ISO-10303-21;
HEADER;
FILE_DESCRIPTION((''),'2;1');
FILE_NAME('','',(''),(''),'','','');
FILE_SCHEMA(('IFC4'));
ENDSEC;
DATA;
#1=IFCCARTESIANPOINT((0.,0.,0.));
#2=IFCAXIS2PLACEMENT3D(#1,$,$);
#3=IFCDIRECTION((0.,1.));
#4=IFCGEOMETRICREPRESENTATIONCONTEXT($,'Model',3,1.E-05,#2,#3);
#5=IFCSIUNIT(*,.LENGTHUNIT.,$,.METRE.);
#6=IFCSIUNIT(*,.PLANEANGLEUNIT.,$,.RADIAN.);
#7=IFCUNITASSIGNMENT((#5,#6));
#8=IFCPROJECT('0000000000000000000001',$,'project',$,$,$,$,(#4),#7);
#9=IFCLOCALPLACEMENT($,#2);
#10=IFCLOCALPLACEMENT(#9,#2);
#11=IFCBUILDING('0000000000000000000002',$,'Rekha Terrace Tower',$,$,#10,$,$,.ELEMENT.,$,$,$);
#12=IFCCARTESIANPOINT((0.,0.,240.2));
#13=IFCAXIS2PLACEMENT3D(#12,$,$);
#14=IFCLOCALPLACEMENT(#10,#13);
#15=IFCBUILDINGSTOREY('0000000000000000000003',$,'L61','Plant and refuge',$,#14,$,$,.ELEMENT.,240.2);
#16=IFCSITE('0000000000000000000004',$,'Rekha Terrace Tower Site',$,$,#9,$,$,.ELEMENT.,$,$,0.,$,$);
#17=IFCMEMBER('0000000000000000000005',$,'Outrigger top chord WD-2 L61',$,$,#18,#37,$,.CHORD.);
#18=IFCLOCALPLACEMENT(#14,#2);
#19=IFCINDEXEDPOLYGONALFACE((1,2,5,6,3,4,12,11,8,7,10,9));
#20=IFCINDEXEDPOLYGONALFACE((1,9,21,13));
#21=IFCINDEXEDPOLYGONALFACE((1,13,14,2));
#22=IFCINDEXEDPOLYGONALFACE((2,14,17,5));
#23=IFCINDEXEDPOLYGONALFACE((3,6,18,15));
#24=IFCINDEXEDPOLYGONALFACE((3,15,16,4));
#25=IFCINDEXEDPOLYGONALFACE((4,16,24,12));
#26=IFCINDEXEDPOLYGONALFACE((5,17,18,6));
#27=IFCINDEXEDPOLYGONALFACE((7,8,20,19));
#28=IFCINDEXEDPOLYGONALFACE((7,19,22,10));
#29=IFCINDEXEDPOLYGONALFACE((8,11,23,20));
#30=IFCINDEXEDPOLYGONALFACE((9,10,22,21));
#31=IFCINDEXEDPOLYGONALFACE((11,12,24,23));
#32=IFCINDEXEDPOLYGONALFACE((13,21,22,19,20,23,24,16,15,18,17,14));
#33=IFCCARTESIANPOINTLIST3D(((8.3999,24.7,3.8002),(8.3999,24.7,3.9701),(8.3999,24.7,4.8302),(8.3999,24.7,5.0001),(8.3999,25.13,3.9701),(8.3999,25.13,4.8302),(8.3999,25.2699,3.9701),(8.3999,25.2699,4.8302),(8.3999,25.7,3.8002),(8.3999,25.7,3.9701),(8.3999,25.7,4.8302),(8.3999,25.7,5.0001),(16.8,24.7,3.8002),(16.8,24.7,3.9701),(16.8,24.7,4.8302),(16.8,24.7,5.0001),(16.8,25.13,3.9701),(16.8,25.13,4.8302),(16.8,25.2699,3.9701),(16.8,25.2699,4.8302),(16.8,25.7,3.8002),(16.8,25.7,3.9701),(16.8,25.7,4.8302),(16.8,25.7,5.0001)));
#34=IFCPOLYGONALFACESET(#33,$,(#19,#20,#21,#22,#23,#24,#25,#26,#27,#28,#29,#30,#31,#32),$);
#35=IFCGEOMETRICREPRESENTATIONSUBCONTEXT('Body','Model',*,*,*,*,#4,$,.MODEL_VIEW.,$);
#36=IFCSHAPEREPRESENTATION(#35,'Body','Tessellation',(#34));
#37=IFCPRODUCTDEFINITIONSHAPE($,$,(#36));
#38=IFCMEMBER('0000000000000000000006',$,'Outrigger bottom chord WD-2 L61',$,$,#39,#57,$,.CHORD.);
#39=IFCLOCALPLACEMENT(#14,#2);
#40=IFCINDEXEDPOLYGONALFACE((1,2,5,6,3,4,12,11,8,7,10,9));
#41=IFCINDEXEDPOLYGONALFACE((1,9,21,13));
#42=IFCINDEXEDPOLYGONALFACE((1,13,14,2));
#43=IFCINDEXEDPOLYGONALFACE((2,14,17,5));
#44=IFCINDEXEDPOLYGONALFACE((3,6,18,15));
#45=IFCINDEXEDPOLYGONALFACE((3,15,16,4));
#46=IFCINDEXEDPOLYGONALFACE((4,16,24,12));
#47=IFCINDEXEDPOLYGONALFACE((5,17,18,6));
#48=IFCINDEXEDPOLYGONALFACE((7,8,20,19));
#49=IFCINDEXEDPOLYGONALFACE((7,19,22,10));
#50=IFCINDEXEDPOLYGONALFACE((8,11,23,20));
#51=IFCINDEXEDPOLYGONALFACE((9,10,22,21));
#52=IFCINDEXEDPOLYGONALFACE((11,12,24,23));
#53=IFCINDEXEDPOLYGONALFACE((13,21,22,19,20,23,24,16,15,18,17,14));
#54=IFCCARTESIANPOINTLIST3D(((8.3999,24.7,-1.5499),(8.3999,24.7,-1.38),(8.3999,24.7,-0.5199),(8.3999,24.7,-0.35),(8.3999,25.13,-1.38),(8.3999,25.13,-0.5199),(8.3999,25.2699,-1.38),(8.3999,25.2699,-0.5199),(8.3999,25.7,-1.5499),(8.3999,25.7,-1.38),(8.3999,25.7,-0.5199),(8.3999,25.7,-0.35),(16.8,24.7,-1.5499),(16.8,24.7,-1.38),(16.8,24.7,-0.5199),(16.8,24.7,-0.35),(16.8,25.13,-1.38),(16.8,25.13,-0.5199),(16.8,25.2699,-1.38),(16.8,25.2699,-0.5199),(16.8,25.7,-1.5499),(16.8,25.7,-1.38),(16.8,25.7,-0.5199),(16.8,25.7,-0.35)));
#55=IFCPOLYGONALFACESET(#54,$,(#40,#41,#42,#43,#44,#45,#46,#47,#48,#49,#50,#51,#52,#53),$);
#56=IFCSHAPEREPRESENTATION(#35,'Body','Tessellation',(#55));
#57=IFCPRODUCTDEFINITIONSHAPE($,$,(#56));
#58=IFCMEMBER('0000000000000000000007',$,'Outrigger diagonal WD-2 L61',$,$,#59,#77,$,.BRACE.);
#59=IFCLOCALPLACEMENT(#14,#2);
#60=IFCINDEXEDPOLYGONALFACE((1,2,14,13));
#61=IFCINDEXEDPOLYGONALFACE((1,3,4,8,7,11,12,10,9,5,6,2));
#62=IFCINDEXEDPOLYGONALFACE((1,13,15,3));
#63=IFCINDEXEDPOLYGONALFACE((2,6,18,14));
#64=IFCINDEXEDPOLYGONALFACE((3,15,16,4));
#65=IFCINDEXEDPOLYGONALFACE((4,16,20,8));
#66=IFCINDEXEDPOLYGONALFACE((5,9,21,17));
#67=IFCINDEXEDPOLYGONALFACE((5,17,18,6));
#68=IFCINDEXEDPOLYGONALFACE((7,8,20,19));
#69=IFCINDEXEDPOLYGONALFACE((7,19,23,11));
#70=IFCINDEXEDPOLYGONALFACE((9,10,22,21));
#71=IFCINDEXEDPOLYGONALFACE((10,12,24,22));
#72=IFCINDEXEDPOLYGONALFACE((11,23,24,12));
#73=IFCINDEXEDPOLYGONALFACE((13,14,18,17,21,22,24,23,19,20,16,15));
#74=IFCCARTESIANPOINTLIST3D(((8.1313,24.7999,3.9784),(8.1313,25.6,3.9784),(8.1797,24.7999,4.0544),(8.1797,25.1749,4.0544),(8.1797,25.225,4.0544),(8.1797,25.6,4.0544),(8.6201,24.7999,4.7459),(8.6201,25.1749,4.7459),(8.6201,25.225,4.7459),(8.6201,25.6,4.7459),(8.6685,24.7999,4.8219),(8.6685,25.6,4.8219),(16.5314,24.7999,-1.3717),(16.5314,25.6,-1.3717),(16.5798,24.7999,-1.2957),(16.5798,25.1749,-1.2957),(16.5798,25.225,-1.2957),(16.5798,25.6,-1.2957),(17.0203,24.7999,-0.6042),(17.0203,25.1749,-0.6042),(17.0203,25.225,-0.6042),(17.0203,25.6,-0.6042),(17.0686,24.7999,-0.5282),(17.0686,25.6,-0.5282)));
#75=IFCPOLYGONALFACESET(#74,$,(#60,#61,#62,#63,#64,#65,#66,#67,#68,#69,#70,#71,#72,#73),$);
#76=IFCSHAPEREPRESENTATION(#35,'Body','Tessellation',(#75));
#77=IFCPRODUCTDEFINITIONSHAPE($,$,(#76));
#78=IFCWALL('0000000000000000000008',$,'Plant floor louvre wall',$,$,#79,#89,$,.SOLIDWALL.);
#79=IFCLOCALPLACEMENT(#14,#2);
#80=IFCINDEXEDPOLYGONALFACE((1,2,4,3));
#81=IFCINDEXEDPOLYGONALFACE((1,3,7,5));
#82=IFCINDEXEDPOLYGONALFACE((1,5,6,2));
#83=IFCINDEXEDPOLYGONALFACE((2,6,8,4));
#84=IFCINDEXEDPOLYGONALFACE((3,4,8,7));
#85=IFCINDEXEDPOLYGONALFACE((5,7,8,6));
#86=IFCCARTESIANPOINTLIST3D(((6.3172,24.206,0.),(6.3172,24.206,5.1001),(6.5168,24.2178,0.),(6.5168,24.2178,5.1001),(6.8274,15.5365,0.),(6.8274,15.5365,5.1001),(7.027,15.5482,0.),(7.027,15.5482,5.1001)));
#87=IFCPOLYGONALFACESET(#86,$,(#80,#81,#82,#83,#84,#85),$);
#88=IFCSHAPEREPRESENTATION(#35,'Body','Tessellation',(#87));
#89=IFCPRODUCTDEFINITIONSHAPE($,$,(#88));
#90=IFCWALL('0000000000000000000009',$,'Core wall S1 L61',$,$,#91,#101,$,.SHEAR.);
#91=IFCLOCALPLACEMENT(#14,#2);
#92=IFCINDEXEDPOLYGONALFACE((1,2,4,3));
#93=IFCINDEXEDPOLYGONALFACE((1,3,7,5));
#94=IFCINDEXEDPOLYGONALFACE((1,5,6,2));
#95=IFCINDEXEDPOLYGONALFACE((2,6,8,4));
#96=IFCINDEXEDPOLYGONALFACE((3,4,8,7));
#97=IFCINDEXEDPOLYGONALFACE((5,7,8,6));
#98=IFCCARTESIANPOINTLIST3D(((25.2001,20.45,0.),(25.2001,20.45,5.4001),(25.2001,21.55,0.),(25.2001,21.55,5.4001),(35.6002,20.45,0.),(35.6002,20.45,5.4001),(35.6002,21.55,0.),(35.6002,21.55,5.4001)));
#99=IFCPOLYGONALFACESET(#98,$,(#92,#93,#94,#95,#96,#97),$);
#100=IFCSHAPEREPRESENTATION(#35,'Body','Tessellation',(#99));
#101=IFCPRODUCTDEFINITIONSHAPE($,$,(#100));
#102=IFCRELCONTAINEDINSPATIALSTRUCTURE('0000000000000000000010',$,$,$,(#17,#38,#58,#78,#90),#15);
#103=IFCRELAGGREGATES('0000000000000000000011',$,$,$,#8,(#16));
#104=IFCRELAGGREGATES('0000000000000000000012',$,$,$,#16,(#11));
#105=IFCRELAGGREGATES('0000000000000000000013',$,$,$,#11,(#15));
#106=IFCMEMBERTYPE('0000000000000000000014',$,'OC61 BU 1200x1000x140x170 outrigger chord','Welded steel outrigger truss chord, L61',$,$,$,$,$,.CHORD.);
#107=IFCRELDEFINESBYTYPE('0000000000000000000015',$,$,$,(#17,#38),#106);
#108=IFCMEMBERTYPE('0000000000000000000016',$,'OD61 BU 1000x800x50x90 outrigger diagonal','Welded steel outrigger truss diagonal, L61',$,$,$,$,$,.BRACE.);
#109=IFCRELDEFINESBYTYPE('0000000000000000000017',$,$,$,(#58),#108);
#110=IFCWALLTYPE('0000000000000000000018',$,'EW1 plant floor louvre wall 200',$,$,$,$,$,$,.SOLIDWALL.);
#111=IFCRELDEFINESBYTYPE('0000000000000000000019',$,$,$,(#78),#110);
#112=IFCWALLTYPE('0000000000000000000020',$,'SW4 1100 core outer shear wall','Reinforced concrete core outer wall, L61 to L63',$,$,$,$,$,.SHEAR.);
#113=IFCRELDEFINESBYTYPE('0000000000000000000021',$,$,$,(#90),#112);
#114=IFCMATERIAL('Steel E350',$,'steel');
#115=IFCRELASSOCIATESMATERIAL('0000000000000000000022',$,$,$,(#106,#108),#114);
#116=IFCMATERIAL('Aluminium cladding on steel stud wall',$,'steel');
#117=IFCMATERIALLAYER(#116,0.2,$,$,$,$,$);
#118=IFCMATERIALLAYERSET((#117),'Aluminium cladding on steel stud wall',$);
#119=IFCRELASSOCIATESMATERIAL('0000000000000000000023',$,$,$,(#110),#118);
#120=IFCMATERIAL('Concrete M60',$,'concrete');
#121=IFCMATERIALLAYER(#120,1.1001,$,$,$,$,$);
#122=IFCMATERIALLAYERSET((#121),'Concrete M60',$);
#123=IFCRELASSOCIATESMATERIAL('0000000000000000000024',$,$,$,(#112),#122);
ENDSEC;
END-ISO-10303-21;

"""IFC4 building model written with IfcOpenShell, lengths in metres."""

from ifc_helpers import new_model, si_unit, direction, frame, frame_2d, origin, origin_2d, place, context, subcontext, project, spatial, rectangle, i_section, extrude, material, layer, layer_set, material_profile, profile_set, type_object, element, save


model = new_model("IFC4")

# Units and contexts
model_context = context("Model", 3, precision=1e-05, world=origin(), true_north=direction((0.0, 1.0)))
body_context = subcontext(model_context, "Body", "Model", "MODEL_VIEW")
ifc_project = project(units=[si_unit("LENGTHUNIT", "METRE"), si_unit("PLANEANGLEUNIT", "RADIAN")], contexts=[model_context])

# Site, building, storey
site_placement = place(None, origin())
site = spatial("IfcSite", under=ifc_project, at=site_placement, Name="Rekha Terrace Tower Site", CompositionType="ELEMENT", RefElevation=0.0)
building_placement = place(site_placement, origin())
building = spatial("IfcBuilding", under=site, at=building_placement, Name="Rekha Terrace Tower", CompositionType="ELEMENT")
storey_placement = place(building_placement, frame((0.0, 0.0, 240.2)))
storey = spatial("IfcBuildingStorey", under=building, at=storey_placement, Name="L61", Description="Plant and refuge", CompositionType="ELEMENT", Elevation=240.2)

# Members
ifc_material_1 = material(Name="Steel E350", Category="steel")
ifc_material_profile_1 = material_profile(ifc_material_1, i_section(OverallWidth=1.0, OverallDepth=1.2, WebThickness=0.1399, FlangeThickness=0.1699, at=origin_2d()), Name="BU 1200x1000x140x170")
ifc_profile_set_1 = profile_set([ifc_material_profile_1], Name="Steel E350")
member_type_1 = type_object("IfcMemberType", Name="OC61 BU 1200x1000x140x170 outrigger chord", Description="Welded steel outrigger truss chord, L61", PredefinedType="CHORD", material=ifc_profile_set_1)
for number, where, z_axis, x_axis, name in (
    (1, (16.8, 25.2, 4.4001), (-1.0, 0.0, 0.0), (0.0, -1.0, 0.0), "Outrigger top chord WD-2 L61"),
    (2, (16.8, 25.2, -0.95), (-1.0, 0.0, 0.0), (0.0, -1.0, 0.0), "Outrigger bottom chord WD-2 L61"),
):
    element("IfcMember", number, at=place(storey_placement, frame(where, z_axis=z_axis, x_axis=x_axis)), inside=storey, type_object=member_type_1, Name=name, PredefinedType="CHORD", context=body_context, shape_type="SweptSolid", body=[
        extrude(i_section(OverallWidth=1.0, OverallDepth=1.2, WebThickness=0.1399, FlangeThickness=0.1699, at=origin_2d()), origin(), (0.0, 0.0, 1.0), 8.4001),
    ])
ifc_material_profile_2 = material_profile(ifc_material_1, i_section(OverallWidth=0.8, OverallDepth=1.0, WebThickness=0.05, FlangeThickness=0.0901, at=origin_2d()), Name="BU 1000x800x50x90")
ifc_profile_set_2 = profile_set([ifc_material_profile_2], Name="Steel E350")
member_type_2 = type_object("IfcMemberType", Name="OD61 BU 1000x800x50x90 outrigger diagonal", Description="Welded steel outrigger truss diagonal, L61", PredefinedType="BRACE", material=ifc_profile_set_2)
member_1_placement = place(storey_placement, frame((16.8, 25.2, -0.95), z_axis=(-0.843454, 0.0, 0.537201), x_axis=(0.0, -1.0, 0.0)))
element("IfcMember", 3, at=member_1_placement, inside=storey, type_object=member_type_2, Name="Outrigger diagonal WD-2 L61", PredefinedType="BRACE", context=body_context, shape_type="SweptSolid", body=[
    extrude(i_section(OverallWidth=0.8, OverallDepth=1.0, WebThickness=0.05, FlangeThickness=0.0901, at=origin_2d()), origin(), (0.0, 0.0, 1.0), 9.9592),
])

# Walls
ifc_material_2 = material(Name="Aluminium cladding on steel stud wall", Category="steel")
ifc_layer_1 = layer(ifc_material_2, 0.2)
ifc_layer_set_1 = layer_set([ifc_layer_1], Name="Aluminium cladding on steel stud wall")
wall_type_1 = type_object("IfcWallType", Name="EW1 plant floor louvre wall 200", PredefinedType="SOLIDWALL", material=ifc_layer_set_1)
wall_1_placement = place(storey_placement, frame((6.417, 24.2119, 0.0), z_axis=(0.0, 0.0, 1.0), x_axis=(0.058753, -0.998273, 0.0)))
element("IfcWall", 4, at=wall_1_placement, inside=storey, type_object=wall_type_1, Name="Plant floor louvre wall", PredefinedType="SOLIDWALL", context=body_context, shape_type="SweptSolid", body=[
    extrude(rectangle(XDim=8.6846, YDim=0.2, at=frame_2d((4.3423, 0.0))), origin(), (0.0, 0.0, 1.0), 5.1001),
])
ifc_material_3 = material(Name="Concrete M60", Category="concrete")
ifc_layer_2 = layer(ifc_material_3, 1.1001)
ifc_layer_set_2 = layer_set([ifc_layer_2], Name="Concrete M60")
wall_type_2 = type_object("IfcWallType", Name="SW4 1100 core outer shear wall", Description="Reinforced concrete core outer wall, L61 to L63", PredefinedType="SHEAR", material=ifc_layer_set_2)
wall_2_placement = place(storey_placement, frame((25.2, 21.0, 0.0), z_axis=(0.0, 0.0, 1.0), x_axis=(1.0, 0.0, 0.0)))
element("IfcWall", 5, at=wall_2_placement, inside=storey, type_object=wall_type_2, Name="Core wall S1 L61", PredefinedType="SHEAR", context=body_context, shape_type="SweptSolid", body=[
    extrude(rectangle(XDim=10.4001, YDim=1.1001, at=frame_2d((5.2002, 0.0))), origin(), (0.0, 0.0, 1.0), 5.4001),
])

save(model, "model.ifc")
